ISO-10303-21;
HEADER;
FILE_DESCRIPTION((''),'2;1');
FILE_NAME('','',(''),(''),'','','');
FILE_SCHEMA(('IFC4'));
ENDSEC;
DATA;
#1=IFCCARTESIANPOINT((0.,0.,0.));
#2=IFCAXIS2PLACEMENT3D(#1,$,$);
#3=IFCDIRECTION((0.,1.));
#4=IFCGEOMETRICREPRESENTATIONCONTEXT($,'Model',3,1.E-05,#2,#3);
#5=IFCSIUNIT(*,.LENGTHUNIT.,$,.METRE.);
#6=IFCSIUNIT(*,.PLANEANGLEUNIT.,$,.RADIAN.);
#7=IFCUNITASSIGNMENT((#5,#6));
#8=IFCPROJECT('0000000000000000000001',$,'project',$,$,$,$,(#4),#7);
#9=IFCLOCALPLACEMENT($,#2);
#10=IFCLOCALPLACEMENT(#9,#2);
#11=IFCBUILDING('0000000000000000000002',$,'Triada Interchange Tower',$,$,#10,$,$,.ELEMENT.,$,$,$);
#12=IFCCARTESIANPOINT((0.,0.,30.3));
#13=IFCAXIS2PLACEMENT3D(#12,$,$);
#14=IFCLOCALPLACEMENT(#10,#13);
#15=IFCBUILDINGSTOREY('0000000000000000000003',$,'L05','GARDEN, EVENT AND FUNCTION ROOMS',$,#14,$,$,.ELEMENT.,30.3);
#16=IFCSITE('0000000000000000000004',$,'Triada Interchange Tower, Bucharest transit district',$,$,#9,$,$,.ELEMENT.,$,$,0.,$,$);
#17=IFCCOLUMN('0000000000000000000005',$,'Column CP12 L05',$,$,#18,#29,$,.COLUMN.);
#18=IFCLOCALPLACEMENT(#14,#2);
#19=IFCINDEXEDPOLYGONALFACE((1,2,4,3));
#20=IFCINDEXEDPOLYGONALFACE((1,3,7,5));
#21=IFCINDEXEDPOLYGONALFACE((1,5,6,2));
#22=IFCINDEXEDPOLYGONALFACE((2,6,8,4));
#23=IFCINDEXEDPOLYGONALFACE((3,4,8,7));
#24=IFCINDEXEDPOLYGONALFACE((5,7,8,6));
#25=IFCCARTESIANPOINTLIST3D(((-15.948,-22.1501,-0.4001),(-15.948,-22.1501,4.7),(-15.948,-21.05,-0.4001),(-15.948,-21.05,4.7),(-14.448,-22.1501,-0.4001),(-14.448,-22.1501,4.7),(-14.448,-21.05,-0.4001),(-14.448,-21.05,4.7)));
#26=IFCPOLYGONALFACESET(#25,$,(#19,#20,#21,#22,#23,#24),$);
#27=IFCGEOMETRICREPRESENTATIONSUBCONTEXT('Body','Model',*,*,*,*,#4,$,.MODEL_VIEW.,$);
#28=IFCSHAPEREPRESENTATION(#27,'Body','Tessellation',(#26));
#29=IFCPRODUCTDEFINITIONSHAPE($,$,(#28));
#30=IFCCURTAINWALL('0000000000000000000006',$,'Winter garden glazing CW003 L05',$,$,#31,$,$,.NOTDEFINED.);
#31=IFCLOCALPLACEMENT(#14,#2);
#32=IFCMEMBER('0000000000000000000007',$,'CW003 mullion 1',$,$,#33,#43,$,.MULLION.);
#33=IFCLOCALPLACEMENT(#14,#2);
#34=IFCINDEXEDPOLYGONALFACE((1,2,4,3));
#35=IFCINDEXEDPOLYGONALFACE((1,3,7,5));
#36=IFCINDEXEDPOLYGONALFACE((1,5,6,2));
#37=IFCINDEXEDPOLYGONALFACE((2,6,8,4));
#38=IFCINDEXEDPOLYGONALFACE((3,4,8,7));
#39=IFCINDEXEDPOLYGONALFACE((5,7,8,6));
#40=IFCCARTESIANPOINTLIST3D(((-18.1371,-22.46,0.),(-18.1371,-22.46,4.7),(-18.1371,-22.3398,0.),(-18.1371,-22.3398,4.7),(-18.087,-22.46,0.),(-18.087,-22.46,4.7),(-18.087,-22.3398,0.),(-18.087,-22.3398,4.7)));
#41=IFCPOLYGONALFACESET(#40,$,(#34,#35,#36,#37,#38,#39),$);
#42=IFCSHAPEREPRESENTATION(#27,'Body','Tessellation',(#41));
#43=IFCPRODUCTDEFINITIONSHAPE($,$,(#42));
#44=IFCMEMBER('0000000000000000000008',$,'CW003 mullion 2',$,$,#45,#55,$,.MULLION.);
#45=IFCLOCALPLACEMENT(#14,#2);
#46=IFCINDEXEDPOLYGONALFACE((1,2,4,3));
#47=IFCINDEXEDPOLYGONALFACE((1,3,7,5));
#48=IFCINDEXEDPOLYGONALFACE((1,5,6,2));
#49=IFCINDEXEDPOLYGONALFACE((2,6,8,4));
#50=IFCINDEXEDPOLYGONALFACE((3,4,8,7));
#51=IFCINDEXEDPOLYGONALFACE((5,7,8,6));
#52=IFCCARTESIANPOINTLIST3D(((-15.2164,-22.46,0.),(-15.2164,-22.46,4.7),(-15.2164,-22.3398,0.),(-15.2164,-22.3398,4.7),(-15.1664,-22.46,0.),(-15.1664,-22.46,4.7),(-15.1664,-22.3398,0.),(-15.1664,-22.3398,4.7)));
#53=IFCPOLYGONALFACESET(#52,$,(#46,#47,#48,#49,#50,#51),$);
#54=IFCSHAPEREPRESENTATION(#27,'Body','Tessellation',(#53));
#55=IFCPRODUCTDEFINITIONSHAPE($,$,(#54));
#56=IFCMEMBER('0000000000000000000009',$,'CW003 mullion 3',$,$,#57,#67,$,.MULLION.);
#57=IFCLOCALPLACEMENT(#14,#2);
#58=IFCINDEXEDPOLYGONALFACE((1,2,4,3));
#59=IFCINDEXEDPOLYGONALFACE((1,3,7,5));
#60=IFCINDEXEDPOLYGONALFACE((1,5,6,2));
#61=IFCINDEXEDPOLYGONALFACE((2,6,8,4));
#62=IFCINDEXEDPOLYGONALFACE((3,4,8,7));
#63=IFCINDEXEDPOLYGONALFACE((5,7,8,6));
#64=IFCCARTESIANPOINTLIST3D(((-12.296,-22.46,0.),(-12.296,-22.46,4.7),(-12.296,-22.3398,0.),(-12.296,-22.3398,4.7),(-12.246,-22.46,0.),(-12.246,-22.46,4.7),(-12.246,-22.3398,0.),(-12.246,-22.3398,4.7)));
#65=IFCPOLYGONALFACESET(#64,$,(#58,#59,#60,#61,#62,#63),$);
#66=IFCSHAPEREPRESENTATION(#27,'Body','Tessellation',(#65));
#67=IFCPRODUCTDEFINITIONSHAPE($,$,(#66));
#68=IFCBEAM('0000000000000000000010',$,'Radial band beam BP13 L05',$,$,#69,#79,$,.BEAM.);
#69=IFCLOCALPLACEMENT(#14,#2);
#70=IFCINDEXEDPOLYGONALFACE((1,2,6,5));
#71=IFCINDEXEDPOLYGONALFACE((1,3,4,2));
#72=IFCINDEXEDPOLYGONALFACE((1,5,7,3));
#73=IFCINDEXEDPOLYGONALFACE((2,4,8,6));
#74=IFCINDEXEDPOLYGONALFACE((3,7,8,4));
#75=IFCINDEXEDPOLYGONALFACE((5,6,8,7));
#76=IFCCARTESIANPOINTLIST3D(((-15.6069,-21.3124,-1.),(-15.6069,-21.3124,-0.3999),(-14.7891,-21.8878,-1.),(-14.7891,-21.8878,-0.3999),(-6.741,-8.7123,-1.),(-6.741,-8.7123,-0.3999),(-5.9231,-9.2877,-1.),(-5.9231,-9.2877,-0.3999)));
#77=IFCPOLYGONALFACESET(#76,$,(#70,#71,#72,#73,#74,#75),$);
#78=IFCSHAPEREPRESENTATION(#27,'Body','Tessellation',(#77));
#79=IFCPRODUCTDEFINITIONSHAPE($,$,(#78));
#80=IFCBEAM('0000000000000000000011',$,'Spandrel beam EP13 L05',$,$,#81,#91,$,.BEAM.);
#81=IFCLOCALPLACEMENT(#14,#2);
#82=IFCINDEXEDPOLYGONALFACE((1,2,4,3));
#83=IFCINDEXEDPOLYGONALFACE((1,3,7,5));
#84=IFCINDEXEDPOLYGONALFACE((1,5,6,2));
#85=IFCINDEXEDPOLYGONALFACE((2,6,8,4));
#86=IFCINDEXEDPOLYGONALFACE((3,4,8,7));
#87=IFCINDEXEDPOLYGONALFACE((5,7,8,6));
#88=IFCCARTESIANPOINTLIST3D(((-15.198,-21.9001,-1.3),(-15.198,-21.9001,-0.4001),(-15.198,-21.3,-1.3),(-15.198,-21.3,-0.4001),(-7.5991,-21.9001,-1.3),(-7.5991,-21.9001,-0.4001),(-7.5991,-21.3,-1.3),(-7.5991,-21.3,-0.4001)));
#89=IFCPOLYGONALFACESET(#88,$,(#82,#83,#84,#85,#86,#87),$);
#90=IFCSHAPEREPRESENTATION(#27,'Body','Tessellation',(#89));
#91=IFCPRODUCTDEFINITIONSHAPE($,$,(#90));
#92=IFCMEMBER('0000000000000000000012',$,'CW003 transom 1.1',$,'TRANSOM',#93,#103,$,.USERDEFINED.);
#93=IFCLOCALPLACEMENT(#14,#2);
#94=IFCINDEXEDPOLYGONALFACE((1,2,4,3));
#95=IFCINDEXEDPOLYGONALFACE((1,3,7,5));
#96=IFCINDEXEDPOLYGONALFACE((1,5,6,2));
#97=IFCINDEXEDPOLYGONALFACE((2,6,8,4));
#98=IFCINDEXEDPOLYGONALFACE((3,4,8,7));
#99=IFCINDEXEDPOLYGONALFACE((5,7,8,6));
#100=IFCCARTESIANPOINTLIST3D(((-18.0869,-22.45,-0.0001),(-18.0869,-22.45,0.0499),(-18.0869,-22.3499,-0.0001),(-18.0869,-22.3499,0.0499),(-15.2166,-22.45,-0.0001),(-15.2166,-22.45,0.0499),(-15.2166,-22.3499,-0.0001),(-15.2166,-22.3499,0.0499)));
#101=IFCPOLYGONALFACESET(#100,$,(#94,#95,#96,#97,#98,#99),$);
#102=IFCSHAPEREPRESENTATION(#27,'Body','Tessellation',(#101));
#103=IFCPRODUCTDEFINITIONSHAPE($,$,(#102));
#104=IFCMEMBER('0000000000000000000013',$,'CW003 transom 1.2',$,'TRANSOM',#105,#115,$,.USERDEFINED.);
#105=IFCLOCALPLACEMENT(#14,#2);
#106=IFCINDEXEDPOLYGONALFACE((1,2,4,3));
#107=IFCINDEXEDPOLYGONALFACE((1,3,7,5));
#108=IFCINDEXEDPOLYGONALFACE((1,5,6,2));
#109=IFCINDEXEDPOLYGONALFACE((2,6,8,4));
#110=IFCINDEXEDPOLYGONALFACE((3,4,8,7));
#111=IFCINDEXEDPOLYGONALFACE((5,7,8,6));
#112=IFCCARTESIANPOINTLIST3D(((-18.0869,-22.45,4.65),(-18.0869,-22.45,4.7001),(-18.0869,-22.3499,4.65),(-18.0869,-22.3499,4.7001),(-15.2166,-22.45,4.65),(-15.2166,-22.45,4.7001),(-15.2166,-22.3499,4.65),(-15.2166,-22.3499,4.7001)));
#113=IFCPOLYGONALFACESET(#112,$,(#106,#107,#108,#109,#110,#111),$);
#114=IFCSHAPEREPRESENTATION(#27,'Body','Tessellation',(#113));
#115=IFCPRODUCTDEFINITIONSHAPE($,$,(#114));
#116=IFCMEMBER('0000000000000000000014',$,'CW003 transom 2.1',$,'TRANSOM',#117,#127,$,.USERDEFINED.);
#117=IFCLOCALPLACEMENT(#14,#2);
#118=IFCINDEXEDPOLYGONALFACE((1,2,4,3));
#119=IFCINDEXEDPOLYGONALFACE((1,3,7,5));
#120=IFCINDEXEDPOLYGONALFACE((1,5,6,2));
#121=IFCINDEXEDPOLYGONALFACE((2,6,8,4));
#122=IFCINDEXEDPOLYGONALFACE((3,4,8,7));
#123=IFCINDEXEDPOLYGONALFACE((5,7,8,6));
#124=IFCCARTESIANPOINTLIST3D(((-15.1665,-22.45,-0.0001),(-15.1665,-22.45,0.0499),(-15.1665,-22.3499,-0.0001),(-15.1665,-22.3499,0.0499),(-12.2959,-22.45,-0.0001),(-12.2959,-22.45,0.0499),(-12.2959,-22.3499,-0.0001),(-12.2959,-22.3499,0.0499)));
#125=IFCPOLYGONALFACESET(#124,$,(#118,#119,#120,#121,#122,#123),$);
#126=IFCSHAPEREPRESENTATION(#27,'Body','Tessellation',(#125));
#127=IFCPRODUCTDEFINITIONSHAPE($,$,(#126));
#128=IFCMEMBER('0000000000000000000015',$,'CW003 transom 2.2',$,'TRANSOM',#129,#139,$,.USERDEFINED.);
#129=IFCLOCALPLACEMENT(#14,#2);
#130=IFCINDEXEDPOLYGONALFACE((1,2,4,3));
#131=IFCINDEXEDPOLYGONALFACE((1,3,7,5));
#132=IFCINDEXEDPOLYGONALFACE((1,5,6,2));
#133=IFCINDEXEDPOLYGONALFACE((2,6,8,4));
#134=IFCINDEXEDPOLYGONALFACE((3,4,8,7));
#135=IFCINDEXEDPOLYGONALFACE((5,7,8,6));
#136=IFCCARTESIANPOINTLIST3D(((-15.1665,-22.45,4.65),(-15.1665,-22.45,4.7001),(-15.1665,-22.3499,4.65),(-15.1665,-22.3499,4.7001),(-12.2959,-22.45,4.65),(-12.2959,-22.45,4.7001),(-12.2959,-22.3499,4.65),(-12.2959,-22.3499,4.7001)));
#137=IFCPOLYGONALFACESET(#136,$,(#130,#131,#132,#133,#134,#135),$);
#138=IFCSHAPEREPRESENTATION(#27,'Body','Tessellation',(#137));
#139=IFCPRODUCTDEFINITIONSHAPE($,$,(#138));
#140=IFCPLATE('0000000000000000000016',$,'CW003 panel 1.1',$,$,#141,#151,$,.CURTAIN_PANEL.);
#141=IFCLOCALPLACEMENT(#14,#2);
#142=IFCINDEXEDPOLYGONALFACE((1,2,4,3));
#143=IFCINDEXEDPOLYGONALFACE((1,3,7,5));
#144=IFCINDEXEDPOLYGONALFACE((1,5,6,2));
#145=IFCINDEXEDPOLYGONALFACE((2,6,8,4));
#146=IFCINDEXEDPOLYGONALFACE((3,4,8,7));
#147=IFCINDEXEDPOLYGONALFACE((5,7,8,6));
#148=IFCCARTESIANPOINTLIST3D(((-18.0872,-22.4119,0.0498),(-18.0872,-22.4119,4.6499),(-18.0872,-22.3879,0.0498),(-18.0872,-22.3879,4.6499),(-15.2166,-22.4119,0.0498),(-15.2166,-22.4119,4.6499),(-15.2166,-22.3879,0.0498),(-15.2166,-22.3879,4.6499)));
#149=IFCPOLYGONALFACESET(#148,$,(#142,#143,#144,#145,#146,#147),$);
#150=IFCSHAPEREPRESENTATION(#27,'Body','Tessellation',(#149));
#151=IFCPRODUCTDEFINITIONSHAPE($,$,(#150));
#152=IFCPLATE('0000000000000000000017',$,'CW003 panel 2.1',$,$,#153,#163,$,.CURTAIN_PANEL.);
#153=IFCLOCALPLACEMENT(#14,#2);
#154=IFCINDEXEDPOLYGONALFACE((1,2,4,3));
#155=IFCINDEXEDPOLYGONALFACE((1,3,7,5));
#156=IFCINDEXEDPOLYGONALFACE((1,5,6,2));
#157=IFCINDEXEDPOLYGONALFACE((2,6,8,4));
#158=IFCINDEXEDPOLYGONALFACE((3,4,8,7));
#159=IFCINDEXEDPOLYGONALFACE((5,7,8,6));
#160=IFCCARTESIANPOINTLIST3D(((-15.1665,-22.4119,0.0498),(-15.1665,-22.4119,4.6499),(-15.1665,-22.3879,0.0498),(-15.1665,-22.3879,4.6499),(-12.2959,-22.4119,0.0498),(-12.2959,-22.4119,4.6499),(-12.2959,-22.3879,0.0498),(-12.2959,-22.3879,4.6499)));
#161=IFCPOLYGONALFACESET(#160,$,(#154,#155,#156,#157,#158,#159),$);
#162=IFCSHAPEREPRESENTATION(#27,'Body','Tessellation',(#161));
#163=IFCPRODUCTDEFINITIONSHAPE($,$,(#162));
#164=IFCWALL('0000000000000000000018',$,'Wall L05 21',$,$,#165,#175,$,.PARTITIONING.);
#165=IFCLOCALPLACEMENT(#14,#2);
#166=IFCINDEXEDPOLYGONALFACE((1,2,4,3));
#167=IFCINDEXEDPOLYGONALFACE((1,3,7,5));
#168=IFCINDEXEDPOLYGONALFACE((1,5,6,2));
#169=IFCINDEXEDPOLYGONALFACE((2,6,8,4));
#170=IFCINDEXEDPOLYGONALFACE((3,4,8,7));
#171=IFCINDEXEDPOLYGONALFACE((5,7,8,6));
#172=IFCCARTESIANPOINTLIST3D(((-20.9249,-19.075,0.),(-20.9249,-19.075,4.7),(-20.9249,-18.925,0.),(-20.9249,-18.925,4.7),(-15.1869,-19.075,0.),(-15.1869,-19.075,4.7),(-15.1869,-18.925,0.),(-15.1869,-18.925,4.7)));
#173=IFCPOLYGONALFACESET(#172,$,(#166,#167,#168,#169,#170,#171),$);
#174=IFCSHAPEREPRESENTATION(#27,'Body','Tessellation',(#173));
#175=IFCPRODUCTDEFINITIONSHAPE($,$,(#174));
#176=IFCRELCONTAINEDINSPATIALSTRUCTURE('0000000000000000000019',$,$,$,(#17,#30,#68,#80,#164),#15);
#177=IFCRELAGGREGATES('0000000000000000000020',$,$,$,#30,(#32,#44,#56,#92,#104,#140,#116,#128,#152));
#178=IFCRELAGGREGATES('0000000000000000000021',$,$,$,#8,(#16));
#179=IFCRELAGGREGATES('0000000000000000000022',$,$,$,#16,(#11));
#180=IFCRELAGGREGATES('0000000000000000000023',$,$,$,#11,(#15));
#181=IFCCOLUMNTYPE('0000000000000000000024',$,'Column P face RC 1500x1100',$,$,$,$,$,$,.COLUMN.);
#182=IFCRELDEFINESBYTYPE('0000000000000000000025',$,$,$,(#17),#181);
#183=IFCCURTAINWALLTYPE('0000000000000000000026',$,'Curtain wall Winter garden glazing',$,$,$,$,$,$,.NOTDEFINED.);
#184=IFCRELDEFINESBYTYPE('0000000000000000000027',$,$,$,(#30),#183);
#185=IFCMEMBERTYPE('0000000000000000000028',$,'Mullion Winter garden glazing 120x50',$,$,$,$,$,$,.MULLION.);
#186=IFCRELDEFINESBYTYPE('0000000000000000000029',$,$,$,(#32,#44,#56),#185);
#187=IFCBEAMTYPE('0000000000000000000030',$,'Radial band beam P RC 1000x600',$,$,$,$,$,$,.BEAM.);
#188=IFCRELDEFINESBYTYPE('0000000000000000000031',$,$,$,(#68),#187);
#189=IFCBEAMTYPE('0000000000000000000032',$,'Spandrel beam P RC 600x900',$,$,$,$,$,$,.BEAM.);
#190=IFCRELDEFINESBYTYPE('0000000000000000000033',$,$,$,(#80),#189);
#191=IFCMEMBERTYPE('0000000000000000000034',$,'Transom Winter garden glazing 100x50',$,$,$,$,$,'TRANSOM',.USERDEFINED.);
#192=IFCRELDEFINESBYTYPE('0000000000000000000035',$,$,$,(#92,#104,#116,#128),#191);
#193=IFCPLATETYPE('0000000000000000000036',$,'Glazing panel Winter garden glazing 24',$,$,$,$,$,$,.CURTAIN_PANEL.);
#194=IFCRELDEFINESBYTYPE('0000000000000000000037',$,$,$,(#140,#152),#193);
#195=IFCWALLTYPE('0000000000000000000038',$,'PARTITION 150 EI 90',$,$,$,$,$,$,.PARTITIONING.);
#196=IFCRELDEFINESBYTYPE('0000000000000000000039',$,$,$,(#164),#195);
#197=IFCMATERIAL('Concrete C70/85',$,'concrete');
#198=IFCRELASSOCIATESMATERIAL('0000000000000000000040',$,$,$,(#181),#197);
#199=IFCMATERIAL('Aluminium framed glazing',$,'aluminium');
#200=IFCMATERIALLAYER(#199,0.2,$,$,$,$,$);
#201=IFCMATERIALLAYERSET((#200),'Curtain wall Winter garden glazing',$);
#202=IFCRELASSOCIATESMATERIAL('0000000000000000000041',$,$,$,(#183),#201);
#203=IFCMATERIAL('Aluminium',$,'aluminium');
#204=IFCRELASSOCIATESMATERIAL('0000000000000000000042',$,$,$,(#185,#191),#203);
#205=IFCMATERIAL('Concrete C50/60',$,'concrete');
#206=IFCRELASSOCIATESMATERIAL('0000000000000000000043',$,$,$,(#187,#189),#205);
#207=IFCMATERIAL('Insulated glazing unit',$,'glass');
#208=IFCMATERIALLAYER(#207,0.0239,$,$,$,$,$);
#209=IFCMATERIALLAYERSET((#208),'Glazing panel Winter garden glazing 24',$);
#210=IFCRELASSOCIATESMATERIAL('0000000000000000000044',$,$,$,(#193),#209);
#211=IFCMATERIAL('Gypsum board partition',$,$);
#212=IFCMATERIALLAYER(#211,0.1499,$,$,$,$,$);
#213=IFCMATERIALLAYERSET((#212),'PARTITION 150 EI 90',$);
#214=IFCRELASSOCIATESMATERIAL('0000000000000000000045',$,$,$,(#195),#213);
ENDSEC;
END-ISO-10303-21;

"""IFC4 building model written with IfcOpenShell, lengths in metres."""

from ifc_helpers import new_model, si_unit, direction, frame, frame_2d, origin, origin_2d, place, context, subcontext, project, spatial, rectangle, extrude, material, layer, layer_set, material_profile, profile_set, type_object, element, aggregate, save


model = new_model("IFC4")

# Units and contexts
model_context = context("Model", 3, precision=1e-05, world=origin(), true_north=direction((0.0, 1.0)))
body_context = subcontext(model_context, "Body", "Model", "MODEL_VIEW")
ifc_project = project(units=[si_unit("LENGTHUNIT", "METRE"), si_unit("PLANEANGLEUNIT", "RADIAN")], contexts=[model_context])

# Site, building, storey
site_placement = place(None, origin())
site = spatial("IfcSite", under=ifc_project, at=site_placement, Name="Triada Interchange Tower, Bucharest transit district", CompositionType="ELEMENT", RefElevation=0.0)
building_placement = place(site_placement, origin())
building = spatial("IfcBuilding", under=site, at=building_placement, Name="Triada Interchange Tower", CompositionType="ELEMENT")
storey_placement = place(building_placement, frame((0.0, 0.0, 30.3)))
storey = spatial("IfcBuildingStorey", under=building, at=storey_placement, Name="L05", Description="GARDEN, EVENT AND FUNCTION ROOMS", CompositionType="ELEMENT", Elevation=30.3)

# Column
ifc_material_1 = material(Name="Concrete C70/85", Category="concrete")
ifc_material_profile_1 = material_profile(ifc_material_1, rectangle(XDim=1.5, YDim=1.1001, at=origin_2d()), Name="RC 1500x1100")
ifc_profile_set_1 = profile_set([ifc_material_profile_1], Name="Concrete C70/85")
column_type = type_object("IfcColumnType", Name="Column P face RC 1500x1100", PredefinedType="COLUMN", material=ifc_profile_set_1)
column_placement = place(storey_placement, frame((-15.198, -21.6001, -0.4001), z_axis=(0.0, 0.0, 1.0), x_axis=(1.0, 0.0, 0.0)))
element("IfcColumn", 1, at=column_placement, inside=storey, type_object=column_type, Name="Column CP12 L05", PredefinedType="COLUMN", context=body_context, shape_type="SweptSolid", body=[
    extrude(rectangle(XDim=1.5, YDim=1.1001, at=origin_2d()), origin(), (0.0, 0.0, 1.0), 5.1001),
])

# Curtain wall, members
ifc_material_2 = material(Name="Aluminium framed glazing", Category="aluminium")
ifc_layer_1 = layer(ifc_material_2, 0.2)
ifc_layer_set_1 = layer_set([ifc_layer_1], Name="Curtain wall Winter garden glazing")
curtain_wall_type = type_object("IfcCurtainWallType", Name="Curtain wall Winter garden glazing", PredefinedType="NOTDEFINED", material=ifc_layer_set_1)
curtain_wall_placement = place(storey_placement, origin())
curtain_wall = element("IfcCurtainWall", 2, at=curtain_wall_placement, inside=storey, type_object=curtain_wall_type, Name="Winter garden glazing CW003 L05", PredefinedType="NOTDEFINED")
ifc_material_3 = material(Name="Aluminium", Category="aluminium")
ifc_material_profile_2 = material_profile(ifc_material_3, rectangle(XDim=0.1201, YDim=0.05, at=origin_2d()), Name="Aluminium mullion")
ifc_profile_set_2 = profile_set([ifc_material_profile_2], Name="Aluminium")
member_type_1 = type_object("IfcMemberType", Name="Mullion Winter garden glazing 120x50", PredefinedType="MULLION", material=ifc_profile_set_2)
member_1_placement = place(storey_placement, frame((-18.1121, -22.3999, 0.0), z_axis=(0.0, 0.0, 1.0), x_axis=(0.0, 1.0, 0.0)))
member_1 = element("IfcMember", 3, at=member_1_placement, type_object=member_type_1, Name="CW003 mullion 1", PredefinedType="MULLION", context=body_context, shape_type="SweptSolid", body=[
    extrude(rectangle(XDim=0.1201, YDim=0.05, at=origin_2d()), origin(), (0.0, 0.0, 1.0), 4.7),
])
member_2_placement = place(storey_placement, frame((-15.1914, -22.3999, 0.0), z_axis=(0.0, 0.0, 1.0), x_axis=(0.0, 1.0, 0.0)))
member_2 = element("IfcMember", 4, at=member_2_placement, type_object=member_type_1, Name="CW003 mullion 2", PredefinedType="MULLION", context=body_context, shape_type="SweptSolid", body=[
    extrude(rectangle(XDim=0.1201, YDim=0.05, at=origin_2d()), origin(), (0.0, 0.0, 1.0), 4.7),
])
member_3_placement = place(storey_placement, frame((-12.271, -22.3999, 0.0), z_axis=(0.0, 0.0, 1.0), x_axis=(0.0, 1.0, 0.0)))
member_3 = element("IfcMember", 5, at=member_3_placement, type_object=member_type_1, Name="CW003 mullion 3", PredefinedType="MULLION", context=body_context, shape_type="SweptSolid", body=[
    extrude(rectangle(XDim=0.1201, YDim=0.05, at=origin_2d()), origin(), (0.0, 0.0, 1.0), 4.7),
])

# Beams
ifc_material_4 = material(Name="Concrete C50/60", Category="concrete")
ifc_material_profile_3 = material_profile(ifc_material_4, rectangle(XDim=1.0, YDim=0.6001, at=origin_2d()), Name="RC 1000x600")
ifc_profile_set_3 = profile_set([ifc_material_profile_3], Name="Concrete C50/60")
beam_type_1 = type_object("IfcBeamType", Name="Radial band beam P RC 1000x600", PredefinedType="BEAM", material=ifc_profile_set_3)
beam_1_placement = place(storey_placement, frame((-15.198, -21.6001, -0.7), z_axis=(0.57546, 0.81783, 0.0), x_axis=(-0.81783, 0.57546, 0.0)))
element("IfcBeam", 6, at=beam_1_placement, inside=storey, type_object=beam_type_1, Name="Radial band beam BP13 L05", PredefinedType="BEAM", context=body_context, shape_type="SweptSolid", body=[
    extrude(rectangle(XDim=1.0, YDim=0.6001, at=origin_2d()), origin(), (0.0, 0.0, 1.0), 15.4067),
])
ifc_material_profile_4 = material_profile(ifc_material_4, rectangle(XDim=0.6001, YDim=0.8999, at=origin_2d()), Name="RC 600x900")
ifc_profile_set_4 = profile_set([ifc_material_profile_4], Name="Concrete C50/60")
beam_type_2 = type_object("IfcBeamType", Name="Spandrel beam P RC 600x900", PredefinedType="BEAM", material=ifc_profile_set_4)
beam_2_placement = place(storey_placement, frame((-15.198, -21.6001, -0.8501), z_axis=(1.0, 0.0, 0.0), x_axis=(0.0, 1.0, 0.0)))
element("IfcBeam", 7, at=beam_2_placement, inside=storey, type_object=beam_type_2, Name="Spandrel beam EP13 L05", PredefinedType="BEAM", context=body_context, shape_type="SweptSolid", body=[
    extrude(rectangle(XDim=0.6001, YDim=0.8999, at=origin_2d()), origin(), (0.0, 0.0, 1.0), 7.5989),
])

# Members
ifc_material_profile_5 = material_profile(ifc_material_3, rectangle(XDim=0.1001, YDim=0.05, at=origin_2d()), Name="Aluminium transom")
ifc_profile_set_5 = profile_set([ifc_material_profile_5], Name="Aluminium")
member_type_2 = type_object("IfcMemberType", Name="Transom Winter garden glazing 100x50", ElementType="TRANSOM", PredefinedType="USERDEFINED", material=ifc_profile_set_5)
member_4_placement = place(storey_placement, frame((-18.0869, -22.3999, 0.0249), z_axis=(1.0, 0.0, 0.0), x_axis=(0.0, 1.0, 0.0)))
member_4 = element("IfcMember", 8, at=member_4_placement, type_object=member_type_2, Name="CW003 transom 1.1", ObjectType="TRANSOM", PredefinedType="USERDEFINED", context=body_context, shape_type="SweptSolid", body=[
    extrude(rectangle(XDim=0.1001, YDim=0.05, at=origin_2d()), origin(), (0.0, 0.0, 1.0), 2.8704),
])
member_5_placement = place(storey_placement, frame((-18.0869, -22.3999, 4.675), z_axis=(1.0, 0.0, 0.0), x_axis=(0.0, 1.0, 0.0)))
member_5 = element("IfcMember", 9, at=member_5_placement, type_object=member_type_2, Name="CW003 transom 1.2", ObjectType="TRANSOM", PredefinedType="USERDEFINED", context=body_context, shape_type="SweptSolid", body=[
    extrude(rectangle(XDim=0.1001, YDim=0.05, at=origin_2d()), origin(), (0.0, 0.0, 1.0), 2.8704),
])
member_6_placement = place(storey_placement, frame((-15.1665, -22.3999, 0.0249), z_axis=(1.0, 0.0, 0.0), x_axis=(0.0, 1.0, 0.0)))
member_6 = element("IfcMember", 10, at=member_6_placement, type_object=member_type_2, Name="CW003 transom 2.1", ObjectType="TRANSOM", PredefinedType="USERDEFINED", context=body_context, shape_type="SweptSolid", body=[
    extrude(rectangle(XDim=0.1001, YDim=0.05, at=origin_2d()), origin(), (0.0, 0.0, 1.0), 2.8706),
])
member_7_placement = place(storey_placement, frame((-15.1665, -22.3999, 4.675), z_axis=(1.0, 0.0, 0.0), x_axis=(0.0, 1.0, 0.0)))
member_7 = element("IfcMember", 11, at=member_7_placement, type_object=member_type_2, Name="CW003 transom 2.2", ObjectType="TRANSOM", PredefinedType="USERDEFINED", context=body_context, shape_type="SweptSolid", body=[
    extrude(rectangle(XDim=0.1001, YDim=0.05, at=origin_2d()), origin(), (0.0, 0.0, 1.0), 2.8706),
])

# Plates
ifc_material_5 = material(Name="Insulated glazing unit", Category="glass")
ifc_layer_2 = layer(ifc_material_5, 0.0239)
ifc_layer_set_2 = layer_set([ifc_layer_2], Name="Glazing panel Winter garden glazing 24")
plate_type = type_object("IfcPlateType", Name="Glazing panel Winter garden glazing 24", PredefinedType="CURTAIN_PANEL", material=ifc_layer_set_2)
plate_1_placement = place(storey_placement, frame((-16.6519, -22.3999, 0.0498), z_axis=(0.0, 0.0, 1.0), x_axis=(1.0, 0.0, 0.0)))
plate_1 = element("IfcPlate", 12, at=plate_1_placement, type_object=plate_type, Name="CW003 panel 1.1", PredefinedType="CURTAIN_PANEL", context=body_context, shape_type="SweptSolid", body=[
    extrude(rectangle(XDim=2.8706, YDim=0.0239, at=origin_2d()), origin(), (0.0, 0.0, 1.0), 4.6001),
])
plate_2_placement = place(storey_placement, frame((-13.7312, -22.3999, 0.0498), z_axis=(0.0, 0.0, 1.0), x_axis=(1.0, 0.0, 0.0)))
plate_2 = element("IfcPlate", 13, at=plate_2_placement, type_object=plate_type, Name="CW003 panel 2.1", PredefinedType="CURTAIN_PANEL", context=body_context, shape_type="SweptSolid", body=[
    extrude(rectangle(XDim=2.8706, YDim=0.0239, at=origin_2d()), origin(), (0.0, 0.0, 1.0), 4.6001),
])
aggregate(curtain_wall, [member_1, member_2, member_3, member_4, member_5, plate_1, member_6, member_7, plate_2])

# Wall
ifc_material_6 = material(Name="Gypsum board partition")
ifc_layer_3 = layer(ifc_material_6, 0.1499)
ifc_layer_set_3 = layer_set([ifc_layer_3], Name="PARTITION 150 EI 90")
wall_type = type_object("IfcWallType", Name="PARTITION 150 EI 90", PredefinedType="PARTITIONING", material=ifc_layer_set_3)
wall_1_placement = place(storey_placement, frame((-20.925, -19.0, 0.0), z_axis=(0.0, 0.0, 1.0), x_axis=(1.0, 0.0, 0.0)))
element("IfcWall", 14, at=wall_1_placement, inside=storey, type_object=wall_type, Name="Wall L05 21", PredefinedType="PARTITIONING", context=body_context, shape_type="SweptSolid", body=[
    extrude(rectangle(XDim=5.738, YDim=0.1499, at=frame_2d((2.8691, 0.0))), origin(), (0.0, 0.0, 1.0), 4.7),
])

save(model, "model.ifc")
